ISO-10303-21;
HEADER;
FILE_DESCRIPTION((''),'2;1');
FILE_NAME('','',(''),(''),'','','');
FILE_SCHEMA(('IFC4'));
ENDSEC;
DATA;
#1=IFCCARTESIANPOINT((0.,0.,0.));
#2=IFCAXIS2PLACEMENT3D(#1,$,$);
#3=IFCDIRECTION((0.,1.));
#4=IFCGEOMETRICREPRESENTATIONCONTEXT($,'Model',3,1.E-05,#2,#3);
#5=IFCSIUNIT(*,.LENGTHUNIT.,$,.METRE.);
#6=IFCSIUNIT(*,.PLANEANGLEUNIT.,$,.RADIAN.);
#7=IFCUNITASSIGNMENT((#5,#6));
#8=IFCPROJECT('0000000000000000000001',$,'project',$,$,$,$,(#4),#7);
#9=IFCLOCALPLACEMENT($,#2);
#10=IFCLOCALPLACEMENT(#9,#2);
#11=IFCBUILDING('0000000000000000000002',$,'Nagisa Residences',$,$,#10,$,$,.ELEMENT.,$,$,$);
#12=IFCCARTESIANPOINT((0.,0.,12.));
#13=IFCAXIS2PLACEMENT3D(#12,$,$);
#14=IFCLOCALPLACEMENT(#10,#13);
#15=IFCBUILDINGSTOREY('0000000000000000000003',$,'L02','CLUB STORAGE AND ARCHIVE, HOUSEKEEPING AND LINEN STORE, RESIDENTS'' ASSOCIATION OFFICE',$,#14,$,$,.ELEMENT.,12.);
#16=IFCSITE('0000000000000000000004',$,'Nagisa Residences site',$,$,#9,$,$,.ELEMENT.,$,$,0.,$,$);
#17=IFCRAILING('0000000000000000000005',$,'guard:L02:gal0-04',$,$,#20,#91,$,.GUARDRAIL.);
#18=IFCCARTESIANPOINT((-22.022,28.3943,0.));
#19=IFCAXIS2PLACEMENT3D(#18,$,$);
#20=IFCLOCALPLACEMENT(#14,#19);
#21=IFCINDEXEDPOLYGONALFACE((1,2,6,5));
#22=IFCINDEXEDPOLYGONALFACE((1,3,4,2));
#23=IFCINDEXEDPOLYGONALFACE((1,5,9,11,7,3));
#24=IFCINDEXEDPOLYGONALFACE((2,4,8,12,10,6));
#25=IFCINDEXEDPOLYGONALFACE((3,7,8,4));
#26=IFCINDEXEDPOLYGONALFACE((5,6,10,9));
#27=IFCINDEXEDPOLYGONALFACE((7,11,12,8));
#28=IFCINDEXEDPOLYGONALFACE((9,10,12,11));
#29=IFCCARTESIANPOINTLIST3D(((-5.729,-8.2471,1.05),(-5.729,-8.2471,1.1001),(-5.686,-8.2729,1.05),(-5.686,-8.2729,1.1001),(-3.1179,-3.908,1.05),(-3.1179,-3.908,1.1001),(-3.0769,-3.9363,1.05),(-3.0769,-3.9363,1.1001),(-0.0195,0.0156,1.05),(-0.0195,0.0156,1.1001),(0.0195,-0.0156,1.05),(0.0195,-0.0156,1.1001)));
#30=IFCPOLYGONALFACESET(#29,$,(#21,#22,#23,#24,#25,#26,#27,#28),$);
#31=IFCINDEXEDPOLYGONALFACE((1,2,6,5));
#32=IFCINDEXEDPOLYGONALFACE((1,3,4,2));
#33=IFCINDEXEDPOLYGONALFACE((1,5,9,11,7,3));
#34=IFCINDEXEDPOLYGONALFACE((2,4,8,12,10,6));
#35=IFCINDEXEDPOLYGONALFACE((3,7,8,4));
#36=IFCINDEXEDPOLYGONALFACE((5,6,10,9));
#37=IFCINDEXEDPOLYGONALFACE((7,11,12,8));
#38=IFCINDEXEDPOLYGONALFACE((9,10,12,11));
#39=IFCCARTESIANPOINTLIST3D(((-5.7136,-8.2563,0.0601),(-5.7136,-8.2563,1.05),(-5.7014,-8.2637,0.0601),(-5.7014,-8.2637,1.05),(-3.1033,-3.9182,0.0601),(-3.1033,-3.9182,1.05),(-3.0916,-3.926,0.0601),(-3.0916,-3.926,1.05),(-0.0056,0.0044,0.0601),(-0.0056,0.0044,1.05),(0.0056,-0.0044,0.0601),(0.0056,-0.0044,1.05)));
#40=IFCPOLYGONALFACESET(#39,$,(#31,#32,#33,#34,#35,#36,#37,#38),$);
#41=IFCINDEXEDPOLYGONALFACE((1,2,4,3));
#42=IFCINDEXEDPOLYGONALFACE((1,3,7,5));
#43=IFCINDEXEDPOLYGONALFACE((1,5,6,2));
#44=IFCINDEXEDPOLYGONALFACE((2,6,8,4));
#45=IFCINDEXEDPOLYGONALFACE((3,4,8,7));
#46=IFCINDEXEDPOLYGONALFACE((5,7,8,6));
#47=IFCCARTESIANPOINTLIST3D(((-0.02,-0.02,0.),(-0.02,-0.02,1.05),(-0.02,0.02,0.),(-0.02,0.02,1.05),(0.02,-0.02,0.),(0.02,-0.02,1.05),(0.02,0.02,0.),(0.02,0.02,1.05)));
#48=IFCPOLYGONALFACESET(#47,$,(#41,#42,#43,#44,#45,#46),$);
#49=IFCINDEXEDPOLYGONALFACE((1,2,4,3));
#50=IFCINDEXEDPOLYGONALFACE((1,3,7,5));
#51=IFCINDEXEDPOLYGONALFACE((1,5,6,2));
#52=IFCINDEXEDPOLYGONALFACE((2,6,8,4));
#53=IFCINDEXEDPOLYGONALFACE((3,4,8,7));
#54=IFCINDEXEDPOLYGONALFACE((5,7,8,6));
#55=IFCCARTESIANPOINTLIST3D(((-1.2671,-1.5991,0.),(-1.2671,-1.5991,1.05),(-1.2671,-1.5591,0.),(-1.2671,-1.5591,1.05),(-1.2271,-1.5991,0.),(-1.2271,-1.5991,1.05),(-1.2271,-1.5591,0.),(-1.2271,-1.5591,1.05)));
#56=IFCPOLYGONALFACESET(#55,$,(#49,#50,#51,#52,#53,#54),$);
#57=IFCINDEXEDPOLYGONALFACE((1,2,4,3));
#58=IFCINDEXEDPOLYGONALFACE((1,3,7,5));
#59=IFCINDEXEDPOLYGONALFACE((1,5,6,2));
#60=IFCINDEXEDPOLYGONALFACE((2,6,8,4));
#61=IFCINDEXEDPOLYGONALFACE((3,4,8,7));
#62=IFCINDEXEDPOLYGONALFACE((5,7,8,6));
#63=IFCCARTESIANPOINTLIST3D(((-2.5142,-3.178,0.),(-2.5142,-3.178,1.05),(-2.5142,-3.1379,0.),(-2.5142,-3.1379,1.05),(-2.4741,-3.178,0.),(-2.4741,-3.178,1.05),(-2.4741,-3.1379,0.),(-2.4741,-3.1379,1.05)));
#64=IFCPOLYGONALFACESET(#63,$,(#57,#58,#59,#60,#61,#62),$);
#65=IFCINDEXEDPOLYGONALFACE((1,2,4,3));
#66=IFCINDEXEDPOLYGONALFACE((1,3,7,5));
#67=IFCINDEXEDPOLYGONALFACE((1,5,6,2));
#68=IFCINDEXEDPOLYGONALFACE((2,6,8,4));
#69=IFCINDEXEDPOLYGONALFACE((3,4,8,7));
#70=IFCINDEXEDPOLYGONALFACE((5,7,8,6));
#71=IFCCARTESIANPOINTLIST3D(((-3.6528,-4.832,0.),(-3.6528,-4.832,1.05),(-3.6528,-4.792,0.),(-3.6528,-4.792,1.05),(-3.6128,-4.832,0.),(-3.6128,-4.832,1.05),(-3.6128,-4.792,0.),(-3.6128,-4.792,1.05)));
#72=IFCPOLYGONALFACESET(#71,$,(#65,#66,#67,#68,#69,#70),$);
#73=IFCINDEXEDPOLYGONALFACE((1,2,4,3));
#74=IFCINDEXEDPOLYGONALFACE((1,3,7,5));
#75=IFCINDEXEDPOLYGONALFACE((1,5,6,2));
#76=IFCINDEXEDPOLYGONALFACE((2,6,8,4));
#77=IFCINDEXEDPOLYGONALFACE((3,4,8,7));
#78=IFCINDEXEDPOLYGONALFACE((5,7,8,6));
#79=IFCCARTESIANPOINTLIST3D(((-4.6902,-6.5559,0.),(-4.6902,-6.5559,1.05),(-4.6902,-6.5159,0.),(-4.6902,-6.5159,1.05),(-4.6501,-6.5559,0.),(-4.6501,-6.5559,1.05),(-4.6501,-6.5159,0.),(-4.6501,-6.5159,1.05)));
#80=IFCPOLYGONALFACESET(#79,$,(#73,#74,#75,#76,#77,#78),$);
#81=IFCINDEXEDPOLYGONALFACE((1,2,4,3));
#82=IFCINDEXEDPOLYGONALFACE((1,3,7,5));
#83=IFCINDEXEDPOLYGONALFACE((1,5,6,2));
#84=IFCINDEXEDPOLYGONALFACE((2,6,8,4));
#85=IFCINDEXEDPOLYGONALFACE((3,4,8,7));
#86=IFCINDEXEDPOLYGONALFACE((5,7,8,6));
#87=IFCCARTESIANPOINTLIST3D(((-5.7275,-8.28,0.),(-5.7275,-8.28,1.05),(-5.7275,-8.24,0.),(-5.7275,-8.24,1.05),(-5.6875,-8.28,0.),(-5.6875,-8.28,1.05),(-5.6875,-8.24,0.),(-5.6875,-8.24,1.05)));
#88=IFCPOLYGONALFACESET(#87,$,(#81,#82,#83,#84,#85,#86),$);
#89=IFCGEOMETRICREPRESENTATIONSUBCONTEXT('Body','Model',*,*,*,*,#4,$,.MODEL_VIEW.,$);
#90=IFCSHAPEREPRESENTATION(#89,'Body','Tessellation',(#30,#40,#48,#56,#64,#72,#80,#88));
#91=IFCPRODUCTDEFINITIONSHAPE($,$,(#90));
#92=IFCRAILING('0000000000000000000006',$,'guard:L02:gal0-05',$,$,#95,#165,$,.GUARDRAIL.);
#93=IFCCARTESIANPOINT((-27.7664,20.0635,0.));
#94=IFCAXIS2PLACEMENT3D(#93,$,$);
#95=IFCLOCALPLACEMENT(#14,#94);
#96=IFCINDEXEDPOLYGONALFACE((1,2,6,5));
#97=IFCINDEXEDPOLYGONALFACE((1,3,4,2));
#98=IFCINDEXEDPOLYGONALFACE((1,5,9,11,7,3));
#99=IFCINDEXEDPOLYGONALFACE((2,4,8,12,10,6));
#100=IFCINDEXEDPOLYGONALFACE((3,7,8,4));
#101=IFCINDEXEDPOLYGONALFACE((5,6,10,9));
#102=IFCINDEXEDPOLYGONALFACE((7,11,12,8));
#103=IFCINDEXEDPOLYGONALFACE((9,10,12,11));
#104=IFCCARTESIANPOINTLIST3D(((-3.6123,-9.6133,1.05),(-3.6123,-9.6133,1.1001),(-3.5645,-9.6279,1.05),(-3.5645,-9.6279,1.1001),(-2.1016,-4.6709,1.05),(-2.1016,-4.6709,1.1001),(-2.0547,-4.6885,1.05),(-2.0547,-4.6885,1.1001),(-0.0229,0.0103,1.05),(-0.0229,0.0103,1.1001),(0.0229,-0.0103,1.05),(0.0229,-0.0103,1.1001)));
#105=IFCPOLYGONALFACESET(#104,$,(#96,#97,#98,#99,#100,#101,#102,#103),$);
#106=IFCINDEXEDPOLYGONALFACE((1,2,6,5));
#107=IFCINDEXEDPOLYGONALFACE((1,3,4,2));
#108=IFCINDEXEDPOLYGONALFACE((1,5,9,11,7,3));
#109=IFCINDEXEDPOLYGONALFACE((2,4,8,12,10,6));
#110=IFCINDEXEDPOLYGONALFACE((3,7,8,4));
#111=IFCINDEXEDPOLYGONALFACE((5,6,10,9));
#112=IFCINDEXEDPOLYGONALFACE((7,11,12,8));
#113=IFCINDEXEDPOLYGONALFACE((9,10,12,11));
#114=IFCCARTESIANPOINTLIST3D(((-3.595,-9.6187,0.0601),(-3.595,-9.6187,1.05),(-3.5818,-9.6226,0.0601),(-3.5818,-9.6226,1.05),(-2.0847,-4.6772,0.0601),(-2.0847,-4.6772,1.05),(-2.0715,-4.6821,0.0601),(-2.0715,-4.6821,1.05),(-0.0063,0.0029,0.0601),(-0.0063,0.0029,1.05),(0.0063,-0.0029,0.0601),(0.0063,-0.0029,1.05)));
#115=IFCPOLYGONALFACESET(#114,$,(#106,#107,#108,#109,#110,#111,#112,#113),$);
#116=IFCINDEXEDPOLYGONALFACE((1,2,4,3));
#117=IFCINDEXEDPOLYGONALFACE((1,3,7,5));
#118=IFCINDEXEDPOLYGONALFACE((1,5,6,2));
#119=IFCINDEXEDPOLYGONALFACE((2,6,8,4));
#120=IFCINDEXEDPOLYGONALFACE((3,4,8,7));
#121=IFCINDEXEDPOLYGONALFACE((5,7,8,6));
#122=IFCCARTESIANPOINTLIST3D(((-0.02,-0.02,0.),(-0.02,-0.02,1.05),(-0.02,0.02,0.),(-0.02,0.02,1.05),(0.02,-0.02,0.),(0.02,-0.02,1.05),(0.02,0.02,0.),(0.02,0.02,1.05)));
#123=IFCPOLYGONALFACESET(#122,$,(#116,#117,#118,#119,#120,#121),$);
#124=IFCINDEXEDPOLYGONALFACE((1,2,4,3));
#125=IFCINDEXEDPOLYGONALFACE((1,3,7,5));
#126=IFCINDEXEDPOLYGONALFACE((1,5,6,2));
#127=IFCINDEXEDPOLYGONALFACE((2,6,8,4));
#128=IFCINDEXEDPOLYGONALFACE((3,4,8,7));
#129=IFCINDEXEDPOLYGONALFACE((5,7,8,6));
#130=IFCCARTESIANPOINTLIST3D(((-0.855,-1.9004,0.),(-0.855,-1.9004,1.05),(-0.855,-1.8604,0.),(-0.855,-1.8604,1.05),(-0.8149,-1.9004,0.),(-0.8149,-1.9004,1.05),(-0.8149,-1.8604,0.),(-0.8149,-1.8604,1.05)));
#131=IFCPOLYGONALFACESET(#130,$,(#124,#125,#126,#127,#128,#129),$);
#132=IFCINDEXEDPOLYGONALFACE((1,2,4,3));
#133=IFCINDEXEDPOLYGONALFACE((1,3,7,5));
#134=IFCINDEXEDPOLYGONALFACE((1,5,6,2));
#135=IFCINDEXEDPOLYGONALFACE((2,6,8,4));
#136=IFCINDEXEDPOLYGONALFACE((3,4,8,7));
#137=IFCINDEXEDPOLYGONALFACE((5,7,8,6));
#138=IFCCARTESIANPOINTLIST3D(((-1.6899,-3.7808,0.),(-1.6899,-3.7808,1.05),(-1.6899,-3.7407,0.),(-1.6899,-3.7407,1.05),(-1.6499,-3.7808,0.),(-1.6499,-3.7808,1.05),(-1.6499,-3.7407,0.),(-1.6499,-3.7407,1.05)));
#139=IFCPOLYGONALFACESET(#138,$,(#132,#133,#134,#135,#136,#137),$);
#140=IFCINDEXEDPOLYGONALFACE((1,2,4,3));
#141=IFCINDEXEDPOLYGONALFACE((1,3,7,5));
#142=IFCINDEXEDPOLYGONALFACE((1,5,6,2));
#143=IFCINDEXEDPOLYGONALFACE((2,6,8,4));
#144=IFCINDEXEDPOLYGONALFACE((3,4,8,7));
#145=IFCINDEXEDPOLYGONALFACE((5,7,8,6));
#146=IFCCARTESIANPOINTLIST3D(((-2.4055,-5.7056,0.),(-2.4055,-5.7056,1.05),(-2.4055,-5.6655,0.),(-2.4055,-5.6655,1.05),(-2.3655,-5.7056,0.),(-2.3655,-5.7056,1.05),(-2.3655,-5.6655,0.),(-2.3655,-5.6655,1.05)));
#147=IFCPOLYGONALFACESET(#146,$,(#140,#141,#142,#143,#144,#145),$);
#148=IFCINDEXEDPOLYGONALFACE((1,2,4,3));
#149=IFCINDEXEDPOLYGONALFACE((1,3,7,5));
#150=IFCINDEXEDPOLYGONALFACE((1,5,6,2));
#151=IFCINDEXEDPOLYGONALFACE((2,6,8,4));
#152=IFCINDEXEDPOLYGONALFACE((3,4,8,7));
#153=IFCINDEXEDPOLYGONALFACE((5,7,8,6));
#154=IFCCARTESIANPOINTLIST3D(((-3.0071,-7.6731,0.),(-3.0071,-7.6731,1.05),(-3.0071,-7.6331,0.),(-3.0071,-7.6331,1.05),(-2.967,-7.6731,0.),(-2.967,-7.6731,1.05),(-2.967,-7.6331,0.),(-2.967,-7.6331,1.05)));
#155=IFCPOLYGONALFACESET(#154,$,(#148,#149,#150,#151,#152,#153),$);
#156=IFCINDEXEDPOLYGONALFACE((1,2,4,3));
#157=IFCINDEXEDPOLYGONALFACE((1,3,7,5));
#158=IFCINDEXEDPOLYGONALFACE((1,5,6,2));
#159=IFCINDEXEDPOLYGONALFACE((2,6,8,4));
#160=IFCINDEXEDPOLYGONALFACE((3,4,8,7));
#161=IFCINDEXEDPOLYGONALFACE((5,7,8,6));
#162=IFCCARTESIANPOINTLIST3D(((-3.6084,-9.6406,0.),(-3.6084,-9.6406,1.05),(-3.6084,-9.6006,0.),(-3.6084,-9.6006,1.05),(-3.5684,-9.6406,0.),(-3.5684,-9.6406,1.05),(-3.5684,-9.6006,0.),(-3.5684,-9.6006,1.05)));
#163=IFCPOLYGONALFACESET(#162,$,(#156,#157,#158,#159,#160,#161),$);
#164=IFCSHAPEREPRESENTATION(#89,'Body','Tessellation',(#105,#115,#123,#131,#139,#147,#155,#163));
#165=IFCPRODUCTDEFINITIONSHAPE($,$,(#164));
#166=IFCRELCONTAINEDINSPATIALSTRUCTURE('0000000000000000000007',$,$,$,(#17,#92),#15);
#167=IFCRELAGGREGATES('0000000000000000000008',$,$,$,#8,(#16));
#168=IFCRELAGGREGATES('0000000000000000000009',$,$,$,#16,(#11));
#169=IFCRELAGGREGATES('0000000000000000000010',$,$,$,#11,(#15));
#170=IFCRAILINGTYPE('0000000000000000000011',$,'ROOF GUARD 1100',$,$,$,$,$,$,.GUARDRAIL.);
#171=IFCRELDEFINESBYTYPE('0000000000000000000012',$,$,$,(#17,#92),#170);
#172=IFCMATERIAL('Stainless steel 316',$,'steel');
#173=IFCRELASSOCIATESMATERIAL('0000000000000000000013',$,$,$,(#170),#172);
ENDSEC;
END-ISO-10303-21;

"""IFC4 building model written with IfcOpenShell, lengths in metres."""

from ifc_helpers import new_model, si_unit, direction, frame, origin, origin_2d, place, context, subcontext, project, spatial, polyline, rectangle, outline, extrude, material, type_object, element, save


model = new_model("IFC4")

# Units and contexts
model_context = context("Model", 3, precision=1e-05, world=origin(), true_north=direction((0.0, 1.0)))
body_context = subcontext(model_context, "Body", "Model", "MODEL_VIEW")
ifc_project = project(units=[si_unit("LENGTHUNIT", "METRE"), si_unit("PLANEANGLEUNIT", "RADIAN")], contexts=[model_context])

# Site, building, storey
site_placement = place(None, origin())
site = spatial("IfcSite", under=ifc_project, at=site_placement, Name="Nagisa Residences site", CompositionType="ELEMENT", RefElevation=0.0)
building_placement = place(site_placement, origin())
building = spatial("IfcBuilding", under=site, at=building_placement, Name="Nagisa Residences", CompositionType="ELEMENT")
storey_placement = place(building_placement, frame((0.0, 0.0, 12.0)))
storey = spatial("IfcBuildingStorey", under=building, at=storey_placement, Name="L02", Description="CLUB STORAGE AND ARCHIVE, HOUSEKEEPING AND LINEN STORE, RESIDENTS' ASSOCIATION OFFICE", CompositionType="ELEMENT", Elevation=12.0)

# Railings
ifc_material_1 = material(Name="Stainless steel 316", Category="steel")
railing_type = type_object("IfcRailingType", Name="ROOF GUARD 1100", PredefinedType="GUARDRAIL", material=ifc_material_1)
railing_1_placement = place(storey_placement, frame((-22.022, 28.3943, 0.0)))
element("IfcRailing", 1, at=railing_1_placement, inside=storey, type_object=railing_type, Name="guard:L02:gal0-04", PredefinedType="GUARDRAIL", context=body_context, shape_type="SweptSolid", body=[
    extrude(outline(polyline([(-3.0769, -3.9363), (0.0195, -0.0156), (-0.0195, 0.0156), (-3.1179, -3.908), (-5.729, -8.2471), (-5.686, -8.2729), (-3.0769, -3.9363)])), frame((0.0, 0.0, 1.05)), (0.0, 0.0, 1.0), 0.05),
    extrude(outline(polyline([(-3.0916, -3.926), (0.0056, -0.0044), (-0.0056, 0.0044), (-3.1033, -3.9182), (-5.7136, -8.2563), (-5.7014, -8.2637), (-3.0916, -3.926)])), frame((0.0, 0.0, 0.0601)), (0.0, 0.0, 1.0), 0.99),
    extrude(rectangle(XDim=0.04, YDim=0.04, at=origin_2d()), origin(), (0.0, 0.0, 1.0), 1.05),
    extrude(rectangle(XDim=0.04, YDim=0.04, at=origin_2d()), frame((-1.2471, -1.5791, 0.0)), (0.0, 0.0, 1.0), 1.05),
    extrude(rectangle(XDim=0.04, YDim=0.04, at=origin_2d()), frame((-2.4941, -3.158, 0.0)), (0.0, 0.0, 1.0), 1.05),
    extrude(rectangle(XDim=0.04, YDim=0.04, at=origin_2d()), frame((-3.6328, -4.812, 0.0)), (0.0, 0.0, 1.0), 1.05),
    extrude(rectangle(XDim=0.04, YDim=0.04, at=origin_2d()), frame((-4.6702, -6.5359, 0.0)), (0.0, 0.0, 1.0), 1.05),
    extrude(rectangle(XDim=0.04, YDim=0.04, at=origin_2d()), frame((-5.7075, -8.26, 0.0)), (0.0, 0.0, 1.0), 1.05),
])
railing_2_placement = place(storey_placement, frame((-27.7664, 20.0635, 0.0)))
element("IfcRailing", 2, at=railing_2_placement, inside=storey, type_object=railing_type, Name="guard:L02:gal0-05", PredefinedType="GUARDRAIL", context=body_context, shape_type="SweptSolid", body=[
    extrude(outline(polyline([(-2.0547, -4.6885), (0.0229, -0.0103), (-0.0229, 0.0103), (-2.1016, -4.6709), (-3.6123, -9.6133), (-3.5645, -9.6279), (-2.0547, -4.6885)])), frame((0.0, 0.0, 1.05)), (0.0, 0.0, 1.0), 0.05),
    extrude(outline(polyline([(-2.0715, -4.6821), (0.0063, -0.0029), (-0.0063, 0.0029), (-2.0847, -4.6772), (-3.595, -9.6187), (-3.5818, -9.6226), (-2.0715, -4.6821)])), frame((0.0, 0.0, 0.0601)), (0.0, 0.0, 1.0), 0.99),
    extrude(rectangle(XDim=0.04, YDim=0.04, at=origin_2d()), origin(), (0.0, 0.0, 1.0), 1.05),
    extrude(rectangle(XDim=0.04, YDim=0.04, at=origin_2d()), frame((-0.835, -1.8804, 0.0)), (0.0, 0.0, 1.0), 1.05),
    extrude(rectangle(XDim=0.04, YDim=0.04, at=origin_2d()), frame((-1.6699, -3.7607, 0.0)), (0.0, 0.0, 1.0), 1.05),
    extrude(rectangle(XDim=0.04, YDim=0.04, at=origin_2d()), frame((-2.3855, -5.6855, 0.0)), (0.0, 0.0, 1.0), 1.05),
    extrude(rectangle(XDim=0.04, YDim=0.04, at=origin_2d()), frame((-2.9871, -7.6531, 0.0)), (0.0, 0.0, 1.0), 1.05),
    extrude(rectangle(XDim=0.04, YDim=0.04, at=origin_2d()), frame((-3.5884, -9.6206, 0.0)), (0.0, 0.0, 1.0), 1.05),
])

save(model, "model.ifc")
